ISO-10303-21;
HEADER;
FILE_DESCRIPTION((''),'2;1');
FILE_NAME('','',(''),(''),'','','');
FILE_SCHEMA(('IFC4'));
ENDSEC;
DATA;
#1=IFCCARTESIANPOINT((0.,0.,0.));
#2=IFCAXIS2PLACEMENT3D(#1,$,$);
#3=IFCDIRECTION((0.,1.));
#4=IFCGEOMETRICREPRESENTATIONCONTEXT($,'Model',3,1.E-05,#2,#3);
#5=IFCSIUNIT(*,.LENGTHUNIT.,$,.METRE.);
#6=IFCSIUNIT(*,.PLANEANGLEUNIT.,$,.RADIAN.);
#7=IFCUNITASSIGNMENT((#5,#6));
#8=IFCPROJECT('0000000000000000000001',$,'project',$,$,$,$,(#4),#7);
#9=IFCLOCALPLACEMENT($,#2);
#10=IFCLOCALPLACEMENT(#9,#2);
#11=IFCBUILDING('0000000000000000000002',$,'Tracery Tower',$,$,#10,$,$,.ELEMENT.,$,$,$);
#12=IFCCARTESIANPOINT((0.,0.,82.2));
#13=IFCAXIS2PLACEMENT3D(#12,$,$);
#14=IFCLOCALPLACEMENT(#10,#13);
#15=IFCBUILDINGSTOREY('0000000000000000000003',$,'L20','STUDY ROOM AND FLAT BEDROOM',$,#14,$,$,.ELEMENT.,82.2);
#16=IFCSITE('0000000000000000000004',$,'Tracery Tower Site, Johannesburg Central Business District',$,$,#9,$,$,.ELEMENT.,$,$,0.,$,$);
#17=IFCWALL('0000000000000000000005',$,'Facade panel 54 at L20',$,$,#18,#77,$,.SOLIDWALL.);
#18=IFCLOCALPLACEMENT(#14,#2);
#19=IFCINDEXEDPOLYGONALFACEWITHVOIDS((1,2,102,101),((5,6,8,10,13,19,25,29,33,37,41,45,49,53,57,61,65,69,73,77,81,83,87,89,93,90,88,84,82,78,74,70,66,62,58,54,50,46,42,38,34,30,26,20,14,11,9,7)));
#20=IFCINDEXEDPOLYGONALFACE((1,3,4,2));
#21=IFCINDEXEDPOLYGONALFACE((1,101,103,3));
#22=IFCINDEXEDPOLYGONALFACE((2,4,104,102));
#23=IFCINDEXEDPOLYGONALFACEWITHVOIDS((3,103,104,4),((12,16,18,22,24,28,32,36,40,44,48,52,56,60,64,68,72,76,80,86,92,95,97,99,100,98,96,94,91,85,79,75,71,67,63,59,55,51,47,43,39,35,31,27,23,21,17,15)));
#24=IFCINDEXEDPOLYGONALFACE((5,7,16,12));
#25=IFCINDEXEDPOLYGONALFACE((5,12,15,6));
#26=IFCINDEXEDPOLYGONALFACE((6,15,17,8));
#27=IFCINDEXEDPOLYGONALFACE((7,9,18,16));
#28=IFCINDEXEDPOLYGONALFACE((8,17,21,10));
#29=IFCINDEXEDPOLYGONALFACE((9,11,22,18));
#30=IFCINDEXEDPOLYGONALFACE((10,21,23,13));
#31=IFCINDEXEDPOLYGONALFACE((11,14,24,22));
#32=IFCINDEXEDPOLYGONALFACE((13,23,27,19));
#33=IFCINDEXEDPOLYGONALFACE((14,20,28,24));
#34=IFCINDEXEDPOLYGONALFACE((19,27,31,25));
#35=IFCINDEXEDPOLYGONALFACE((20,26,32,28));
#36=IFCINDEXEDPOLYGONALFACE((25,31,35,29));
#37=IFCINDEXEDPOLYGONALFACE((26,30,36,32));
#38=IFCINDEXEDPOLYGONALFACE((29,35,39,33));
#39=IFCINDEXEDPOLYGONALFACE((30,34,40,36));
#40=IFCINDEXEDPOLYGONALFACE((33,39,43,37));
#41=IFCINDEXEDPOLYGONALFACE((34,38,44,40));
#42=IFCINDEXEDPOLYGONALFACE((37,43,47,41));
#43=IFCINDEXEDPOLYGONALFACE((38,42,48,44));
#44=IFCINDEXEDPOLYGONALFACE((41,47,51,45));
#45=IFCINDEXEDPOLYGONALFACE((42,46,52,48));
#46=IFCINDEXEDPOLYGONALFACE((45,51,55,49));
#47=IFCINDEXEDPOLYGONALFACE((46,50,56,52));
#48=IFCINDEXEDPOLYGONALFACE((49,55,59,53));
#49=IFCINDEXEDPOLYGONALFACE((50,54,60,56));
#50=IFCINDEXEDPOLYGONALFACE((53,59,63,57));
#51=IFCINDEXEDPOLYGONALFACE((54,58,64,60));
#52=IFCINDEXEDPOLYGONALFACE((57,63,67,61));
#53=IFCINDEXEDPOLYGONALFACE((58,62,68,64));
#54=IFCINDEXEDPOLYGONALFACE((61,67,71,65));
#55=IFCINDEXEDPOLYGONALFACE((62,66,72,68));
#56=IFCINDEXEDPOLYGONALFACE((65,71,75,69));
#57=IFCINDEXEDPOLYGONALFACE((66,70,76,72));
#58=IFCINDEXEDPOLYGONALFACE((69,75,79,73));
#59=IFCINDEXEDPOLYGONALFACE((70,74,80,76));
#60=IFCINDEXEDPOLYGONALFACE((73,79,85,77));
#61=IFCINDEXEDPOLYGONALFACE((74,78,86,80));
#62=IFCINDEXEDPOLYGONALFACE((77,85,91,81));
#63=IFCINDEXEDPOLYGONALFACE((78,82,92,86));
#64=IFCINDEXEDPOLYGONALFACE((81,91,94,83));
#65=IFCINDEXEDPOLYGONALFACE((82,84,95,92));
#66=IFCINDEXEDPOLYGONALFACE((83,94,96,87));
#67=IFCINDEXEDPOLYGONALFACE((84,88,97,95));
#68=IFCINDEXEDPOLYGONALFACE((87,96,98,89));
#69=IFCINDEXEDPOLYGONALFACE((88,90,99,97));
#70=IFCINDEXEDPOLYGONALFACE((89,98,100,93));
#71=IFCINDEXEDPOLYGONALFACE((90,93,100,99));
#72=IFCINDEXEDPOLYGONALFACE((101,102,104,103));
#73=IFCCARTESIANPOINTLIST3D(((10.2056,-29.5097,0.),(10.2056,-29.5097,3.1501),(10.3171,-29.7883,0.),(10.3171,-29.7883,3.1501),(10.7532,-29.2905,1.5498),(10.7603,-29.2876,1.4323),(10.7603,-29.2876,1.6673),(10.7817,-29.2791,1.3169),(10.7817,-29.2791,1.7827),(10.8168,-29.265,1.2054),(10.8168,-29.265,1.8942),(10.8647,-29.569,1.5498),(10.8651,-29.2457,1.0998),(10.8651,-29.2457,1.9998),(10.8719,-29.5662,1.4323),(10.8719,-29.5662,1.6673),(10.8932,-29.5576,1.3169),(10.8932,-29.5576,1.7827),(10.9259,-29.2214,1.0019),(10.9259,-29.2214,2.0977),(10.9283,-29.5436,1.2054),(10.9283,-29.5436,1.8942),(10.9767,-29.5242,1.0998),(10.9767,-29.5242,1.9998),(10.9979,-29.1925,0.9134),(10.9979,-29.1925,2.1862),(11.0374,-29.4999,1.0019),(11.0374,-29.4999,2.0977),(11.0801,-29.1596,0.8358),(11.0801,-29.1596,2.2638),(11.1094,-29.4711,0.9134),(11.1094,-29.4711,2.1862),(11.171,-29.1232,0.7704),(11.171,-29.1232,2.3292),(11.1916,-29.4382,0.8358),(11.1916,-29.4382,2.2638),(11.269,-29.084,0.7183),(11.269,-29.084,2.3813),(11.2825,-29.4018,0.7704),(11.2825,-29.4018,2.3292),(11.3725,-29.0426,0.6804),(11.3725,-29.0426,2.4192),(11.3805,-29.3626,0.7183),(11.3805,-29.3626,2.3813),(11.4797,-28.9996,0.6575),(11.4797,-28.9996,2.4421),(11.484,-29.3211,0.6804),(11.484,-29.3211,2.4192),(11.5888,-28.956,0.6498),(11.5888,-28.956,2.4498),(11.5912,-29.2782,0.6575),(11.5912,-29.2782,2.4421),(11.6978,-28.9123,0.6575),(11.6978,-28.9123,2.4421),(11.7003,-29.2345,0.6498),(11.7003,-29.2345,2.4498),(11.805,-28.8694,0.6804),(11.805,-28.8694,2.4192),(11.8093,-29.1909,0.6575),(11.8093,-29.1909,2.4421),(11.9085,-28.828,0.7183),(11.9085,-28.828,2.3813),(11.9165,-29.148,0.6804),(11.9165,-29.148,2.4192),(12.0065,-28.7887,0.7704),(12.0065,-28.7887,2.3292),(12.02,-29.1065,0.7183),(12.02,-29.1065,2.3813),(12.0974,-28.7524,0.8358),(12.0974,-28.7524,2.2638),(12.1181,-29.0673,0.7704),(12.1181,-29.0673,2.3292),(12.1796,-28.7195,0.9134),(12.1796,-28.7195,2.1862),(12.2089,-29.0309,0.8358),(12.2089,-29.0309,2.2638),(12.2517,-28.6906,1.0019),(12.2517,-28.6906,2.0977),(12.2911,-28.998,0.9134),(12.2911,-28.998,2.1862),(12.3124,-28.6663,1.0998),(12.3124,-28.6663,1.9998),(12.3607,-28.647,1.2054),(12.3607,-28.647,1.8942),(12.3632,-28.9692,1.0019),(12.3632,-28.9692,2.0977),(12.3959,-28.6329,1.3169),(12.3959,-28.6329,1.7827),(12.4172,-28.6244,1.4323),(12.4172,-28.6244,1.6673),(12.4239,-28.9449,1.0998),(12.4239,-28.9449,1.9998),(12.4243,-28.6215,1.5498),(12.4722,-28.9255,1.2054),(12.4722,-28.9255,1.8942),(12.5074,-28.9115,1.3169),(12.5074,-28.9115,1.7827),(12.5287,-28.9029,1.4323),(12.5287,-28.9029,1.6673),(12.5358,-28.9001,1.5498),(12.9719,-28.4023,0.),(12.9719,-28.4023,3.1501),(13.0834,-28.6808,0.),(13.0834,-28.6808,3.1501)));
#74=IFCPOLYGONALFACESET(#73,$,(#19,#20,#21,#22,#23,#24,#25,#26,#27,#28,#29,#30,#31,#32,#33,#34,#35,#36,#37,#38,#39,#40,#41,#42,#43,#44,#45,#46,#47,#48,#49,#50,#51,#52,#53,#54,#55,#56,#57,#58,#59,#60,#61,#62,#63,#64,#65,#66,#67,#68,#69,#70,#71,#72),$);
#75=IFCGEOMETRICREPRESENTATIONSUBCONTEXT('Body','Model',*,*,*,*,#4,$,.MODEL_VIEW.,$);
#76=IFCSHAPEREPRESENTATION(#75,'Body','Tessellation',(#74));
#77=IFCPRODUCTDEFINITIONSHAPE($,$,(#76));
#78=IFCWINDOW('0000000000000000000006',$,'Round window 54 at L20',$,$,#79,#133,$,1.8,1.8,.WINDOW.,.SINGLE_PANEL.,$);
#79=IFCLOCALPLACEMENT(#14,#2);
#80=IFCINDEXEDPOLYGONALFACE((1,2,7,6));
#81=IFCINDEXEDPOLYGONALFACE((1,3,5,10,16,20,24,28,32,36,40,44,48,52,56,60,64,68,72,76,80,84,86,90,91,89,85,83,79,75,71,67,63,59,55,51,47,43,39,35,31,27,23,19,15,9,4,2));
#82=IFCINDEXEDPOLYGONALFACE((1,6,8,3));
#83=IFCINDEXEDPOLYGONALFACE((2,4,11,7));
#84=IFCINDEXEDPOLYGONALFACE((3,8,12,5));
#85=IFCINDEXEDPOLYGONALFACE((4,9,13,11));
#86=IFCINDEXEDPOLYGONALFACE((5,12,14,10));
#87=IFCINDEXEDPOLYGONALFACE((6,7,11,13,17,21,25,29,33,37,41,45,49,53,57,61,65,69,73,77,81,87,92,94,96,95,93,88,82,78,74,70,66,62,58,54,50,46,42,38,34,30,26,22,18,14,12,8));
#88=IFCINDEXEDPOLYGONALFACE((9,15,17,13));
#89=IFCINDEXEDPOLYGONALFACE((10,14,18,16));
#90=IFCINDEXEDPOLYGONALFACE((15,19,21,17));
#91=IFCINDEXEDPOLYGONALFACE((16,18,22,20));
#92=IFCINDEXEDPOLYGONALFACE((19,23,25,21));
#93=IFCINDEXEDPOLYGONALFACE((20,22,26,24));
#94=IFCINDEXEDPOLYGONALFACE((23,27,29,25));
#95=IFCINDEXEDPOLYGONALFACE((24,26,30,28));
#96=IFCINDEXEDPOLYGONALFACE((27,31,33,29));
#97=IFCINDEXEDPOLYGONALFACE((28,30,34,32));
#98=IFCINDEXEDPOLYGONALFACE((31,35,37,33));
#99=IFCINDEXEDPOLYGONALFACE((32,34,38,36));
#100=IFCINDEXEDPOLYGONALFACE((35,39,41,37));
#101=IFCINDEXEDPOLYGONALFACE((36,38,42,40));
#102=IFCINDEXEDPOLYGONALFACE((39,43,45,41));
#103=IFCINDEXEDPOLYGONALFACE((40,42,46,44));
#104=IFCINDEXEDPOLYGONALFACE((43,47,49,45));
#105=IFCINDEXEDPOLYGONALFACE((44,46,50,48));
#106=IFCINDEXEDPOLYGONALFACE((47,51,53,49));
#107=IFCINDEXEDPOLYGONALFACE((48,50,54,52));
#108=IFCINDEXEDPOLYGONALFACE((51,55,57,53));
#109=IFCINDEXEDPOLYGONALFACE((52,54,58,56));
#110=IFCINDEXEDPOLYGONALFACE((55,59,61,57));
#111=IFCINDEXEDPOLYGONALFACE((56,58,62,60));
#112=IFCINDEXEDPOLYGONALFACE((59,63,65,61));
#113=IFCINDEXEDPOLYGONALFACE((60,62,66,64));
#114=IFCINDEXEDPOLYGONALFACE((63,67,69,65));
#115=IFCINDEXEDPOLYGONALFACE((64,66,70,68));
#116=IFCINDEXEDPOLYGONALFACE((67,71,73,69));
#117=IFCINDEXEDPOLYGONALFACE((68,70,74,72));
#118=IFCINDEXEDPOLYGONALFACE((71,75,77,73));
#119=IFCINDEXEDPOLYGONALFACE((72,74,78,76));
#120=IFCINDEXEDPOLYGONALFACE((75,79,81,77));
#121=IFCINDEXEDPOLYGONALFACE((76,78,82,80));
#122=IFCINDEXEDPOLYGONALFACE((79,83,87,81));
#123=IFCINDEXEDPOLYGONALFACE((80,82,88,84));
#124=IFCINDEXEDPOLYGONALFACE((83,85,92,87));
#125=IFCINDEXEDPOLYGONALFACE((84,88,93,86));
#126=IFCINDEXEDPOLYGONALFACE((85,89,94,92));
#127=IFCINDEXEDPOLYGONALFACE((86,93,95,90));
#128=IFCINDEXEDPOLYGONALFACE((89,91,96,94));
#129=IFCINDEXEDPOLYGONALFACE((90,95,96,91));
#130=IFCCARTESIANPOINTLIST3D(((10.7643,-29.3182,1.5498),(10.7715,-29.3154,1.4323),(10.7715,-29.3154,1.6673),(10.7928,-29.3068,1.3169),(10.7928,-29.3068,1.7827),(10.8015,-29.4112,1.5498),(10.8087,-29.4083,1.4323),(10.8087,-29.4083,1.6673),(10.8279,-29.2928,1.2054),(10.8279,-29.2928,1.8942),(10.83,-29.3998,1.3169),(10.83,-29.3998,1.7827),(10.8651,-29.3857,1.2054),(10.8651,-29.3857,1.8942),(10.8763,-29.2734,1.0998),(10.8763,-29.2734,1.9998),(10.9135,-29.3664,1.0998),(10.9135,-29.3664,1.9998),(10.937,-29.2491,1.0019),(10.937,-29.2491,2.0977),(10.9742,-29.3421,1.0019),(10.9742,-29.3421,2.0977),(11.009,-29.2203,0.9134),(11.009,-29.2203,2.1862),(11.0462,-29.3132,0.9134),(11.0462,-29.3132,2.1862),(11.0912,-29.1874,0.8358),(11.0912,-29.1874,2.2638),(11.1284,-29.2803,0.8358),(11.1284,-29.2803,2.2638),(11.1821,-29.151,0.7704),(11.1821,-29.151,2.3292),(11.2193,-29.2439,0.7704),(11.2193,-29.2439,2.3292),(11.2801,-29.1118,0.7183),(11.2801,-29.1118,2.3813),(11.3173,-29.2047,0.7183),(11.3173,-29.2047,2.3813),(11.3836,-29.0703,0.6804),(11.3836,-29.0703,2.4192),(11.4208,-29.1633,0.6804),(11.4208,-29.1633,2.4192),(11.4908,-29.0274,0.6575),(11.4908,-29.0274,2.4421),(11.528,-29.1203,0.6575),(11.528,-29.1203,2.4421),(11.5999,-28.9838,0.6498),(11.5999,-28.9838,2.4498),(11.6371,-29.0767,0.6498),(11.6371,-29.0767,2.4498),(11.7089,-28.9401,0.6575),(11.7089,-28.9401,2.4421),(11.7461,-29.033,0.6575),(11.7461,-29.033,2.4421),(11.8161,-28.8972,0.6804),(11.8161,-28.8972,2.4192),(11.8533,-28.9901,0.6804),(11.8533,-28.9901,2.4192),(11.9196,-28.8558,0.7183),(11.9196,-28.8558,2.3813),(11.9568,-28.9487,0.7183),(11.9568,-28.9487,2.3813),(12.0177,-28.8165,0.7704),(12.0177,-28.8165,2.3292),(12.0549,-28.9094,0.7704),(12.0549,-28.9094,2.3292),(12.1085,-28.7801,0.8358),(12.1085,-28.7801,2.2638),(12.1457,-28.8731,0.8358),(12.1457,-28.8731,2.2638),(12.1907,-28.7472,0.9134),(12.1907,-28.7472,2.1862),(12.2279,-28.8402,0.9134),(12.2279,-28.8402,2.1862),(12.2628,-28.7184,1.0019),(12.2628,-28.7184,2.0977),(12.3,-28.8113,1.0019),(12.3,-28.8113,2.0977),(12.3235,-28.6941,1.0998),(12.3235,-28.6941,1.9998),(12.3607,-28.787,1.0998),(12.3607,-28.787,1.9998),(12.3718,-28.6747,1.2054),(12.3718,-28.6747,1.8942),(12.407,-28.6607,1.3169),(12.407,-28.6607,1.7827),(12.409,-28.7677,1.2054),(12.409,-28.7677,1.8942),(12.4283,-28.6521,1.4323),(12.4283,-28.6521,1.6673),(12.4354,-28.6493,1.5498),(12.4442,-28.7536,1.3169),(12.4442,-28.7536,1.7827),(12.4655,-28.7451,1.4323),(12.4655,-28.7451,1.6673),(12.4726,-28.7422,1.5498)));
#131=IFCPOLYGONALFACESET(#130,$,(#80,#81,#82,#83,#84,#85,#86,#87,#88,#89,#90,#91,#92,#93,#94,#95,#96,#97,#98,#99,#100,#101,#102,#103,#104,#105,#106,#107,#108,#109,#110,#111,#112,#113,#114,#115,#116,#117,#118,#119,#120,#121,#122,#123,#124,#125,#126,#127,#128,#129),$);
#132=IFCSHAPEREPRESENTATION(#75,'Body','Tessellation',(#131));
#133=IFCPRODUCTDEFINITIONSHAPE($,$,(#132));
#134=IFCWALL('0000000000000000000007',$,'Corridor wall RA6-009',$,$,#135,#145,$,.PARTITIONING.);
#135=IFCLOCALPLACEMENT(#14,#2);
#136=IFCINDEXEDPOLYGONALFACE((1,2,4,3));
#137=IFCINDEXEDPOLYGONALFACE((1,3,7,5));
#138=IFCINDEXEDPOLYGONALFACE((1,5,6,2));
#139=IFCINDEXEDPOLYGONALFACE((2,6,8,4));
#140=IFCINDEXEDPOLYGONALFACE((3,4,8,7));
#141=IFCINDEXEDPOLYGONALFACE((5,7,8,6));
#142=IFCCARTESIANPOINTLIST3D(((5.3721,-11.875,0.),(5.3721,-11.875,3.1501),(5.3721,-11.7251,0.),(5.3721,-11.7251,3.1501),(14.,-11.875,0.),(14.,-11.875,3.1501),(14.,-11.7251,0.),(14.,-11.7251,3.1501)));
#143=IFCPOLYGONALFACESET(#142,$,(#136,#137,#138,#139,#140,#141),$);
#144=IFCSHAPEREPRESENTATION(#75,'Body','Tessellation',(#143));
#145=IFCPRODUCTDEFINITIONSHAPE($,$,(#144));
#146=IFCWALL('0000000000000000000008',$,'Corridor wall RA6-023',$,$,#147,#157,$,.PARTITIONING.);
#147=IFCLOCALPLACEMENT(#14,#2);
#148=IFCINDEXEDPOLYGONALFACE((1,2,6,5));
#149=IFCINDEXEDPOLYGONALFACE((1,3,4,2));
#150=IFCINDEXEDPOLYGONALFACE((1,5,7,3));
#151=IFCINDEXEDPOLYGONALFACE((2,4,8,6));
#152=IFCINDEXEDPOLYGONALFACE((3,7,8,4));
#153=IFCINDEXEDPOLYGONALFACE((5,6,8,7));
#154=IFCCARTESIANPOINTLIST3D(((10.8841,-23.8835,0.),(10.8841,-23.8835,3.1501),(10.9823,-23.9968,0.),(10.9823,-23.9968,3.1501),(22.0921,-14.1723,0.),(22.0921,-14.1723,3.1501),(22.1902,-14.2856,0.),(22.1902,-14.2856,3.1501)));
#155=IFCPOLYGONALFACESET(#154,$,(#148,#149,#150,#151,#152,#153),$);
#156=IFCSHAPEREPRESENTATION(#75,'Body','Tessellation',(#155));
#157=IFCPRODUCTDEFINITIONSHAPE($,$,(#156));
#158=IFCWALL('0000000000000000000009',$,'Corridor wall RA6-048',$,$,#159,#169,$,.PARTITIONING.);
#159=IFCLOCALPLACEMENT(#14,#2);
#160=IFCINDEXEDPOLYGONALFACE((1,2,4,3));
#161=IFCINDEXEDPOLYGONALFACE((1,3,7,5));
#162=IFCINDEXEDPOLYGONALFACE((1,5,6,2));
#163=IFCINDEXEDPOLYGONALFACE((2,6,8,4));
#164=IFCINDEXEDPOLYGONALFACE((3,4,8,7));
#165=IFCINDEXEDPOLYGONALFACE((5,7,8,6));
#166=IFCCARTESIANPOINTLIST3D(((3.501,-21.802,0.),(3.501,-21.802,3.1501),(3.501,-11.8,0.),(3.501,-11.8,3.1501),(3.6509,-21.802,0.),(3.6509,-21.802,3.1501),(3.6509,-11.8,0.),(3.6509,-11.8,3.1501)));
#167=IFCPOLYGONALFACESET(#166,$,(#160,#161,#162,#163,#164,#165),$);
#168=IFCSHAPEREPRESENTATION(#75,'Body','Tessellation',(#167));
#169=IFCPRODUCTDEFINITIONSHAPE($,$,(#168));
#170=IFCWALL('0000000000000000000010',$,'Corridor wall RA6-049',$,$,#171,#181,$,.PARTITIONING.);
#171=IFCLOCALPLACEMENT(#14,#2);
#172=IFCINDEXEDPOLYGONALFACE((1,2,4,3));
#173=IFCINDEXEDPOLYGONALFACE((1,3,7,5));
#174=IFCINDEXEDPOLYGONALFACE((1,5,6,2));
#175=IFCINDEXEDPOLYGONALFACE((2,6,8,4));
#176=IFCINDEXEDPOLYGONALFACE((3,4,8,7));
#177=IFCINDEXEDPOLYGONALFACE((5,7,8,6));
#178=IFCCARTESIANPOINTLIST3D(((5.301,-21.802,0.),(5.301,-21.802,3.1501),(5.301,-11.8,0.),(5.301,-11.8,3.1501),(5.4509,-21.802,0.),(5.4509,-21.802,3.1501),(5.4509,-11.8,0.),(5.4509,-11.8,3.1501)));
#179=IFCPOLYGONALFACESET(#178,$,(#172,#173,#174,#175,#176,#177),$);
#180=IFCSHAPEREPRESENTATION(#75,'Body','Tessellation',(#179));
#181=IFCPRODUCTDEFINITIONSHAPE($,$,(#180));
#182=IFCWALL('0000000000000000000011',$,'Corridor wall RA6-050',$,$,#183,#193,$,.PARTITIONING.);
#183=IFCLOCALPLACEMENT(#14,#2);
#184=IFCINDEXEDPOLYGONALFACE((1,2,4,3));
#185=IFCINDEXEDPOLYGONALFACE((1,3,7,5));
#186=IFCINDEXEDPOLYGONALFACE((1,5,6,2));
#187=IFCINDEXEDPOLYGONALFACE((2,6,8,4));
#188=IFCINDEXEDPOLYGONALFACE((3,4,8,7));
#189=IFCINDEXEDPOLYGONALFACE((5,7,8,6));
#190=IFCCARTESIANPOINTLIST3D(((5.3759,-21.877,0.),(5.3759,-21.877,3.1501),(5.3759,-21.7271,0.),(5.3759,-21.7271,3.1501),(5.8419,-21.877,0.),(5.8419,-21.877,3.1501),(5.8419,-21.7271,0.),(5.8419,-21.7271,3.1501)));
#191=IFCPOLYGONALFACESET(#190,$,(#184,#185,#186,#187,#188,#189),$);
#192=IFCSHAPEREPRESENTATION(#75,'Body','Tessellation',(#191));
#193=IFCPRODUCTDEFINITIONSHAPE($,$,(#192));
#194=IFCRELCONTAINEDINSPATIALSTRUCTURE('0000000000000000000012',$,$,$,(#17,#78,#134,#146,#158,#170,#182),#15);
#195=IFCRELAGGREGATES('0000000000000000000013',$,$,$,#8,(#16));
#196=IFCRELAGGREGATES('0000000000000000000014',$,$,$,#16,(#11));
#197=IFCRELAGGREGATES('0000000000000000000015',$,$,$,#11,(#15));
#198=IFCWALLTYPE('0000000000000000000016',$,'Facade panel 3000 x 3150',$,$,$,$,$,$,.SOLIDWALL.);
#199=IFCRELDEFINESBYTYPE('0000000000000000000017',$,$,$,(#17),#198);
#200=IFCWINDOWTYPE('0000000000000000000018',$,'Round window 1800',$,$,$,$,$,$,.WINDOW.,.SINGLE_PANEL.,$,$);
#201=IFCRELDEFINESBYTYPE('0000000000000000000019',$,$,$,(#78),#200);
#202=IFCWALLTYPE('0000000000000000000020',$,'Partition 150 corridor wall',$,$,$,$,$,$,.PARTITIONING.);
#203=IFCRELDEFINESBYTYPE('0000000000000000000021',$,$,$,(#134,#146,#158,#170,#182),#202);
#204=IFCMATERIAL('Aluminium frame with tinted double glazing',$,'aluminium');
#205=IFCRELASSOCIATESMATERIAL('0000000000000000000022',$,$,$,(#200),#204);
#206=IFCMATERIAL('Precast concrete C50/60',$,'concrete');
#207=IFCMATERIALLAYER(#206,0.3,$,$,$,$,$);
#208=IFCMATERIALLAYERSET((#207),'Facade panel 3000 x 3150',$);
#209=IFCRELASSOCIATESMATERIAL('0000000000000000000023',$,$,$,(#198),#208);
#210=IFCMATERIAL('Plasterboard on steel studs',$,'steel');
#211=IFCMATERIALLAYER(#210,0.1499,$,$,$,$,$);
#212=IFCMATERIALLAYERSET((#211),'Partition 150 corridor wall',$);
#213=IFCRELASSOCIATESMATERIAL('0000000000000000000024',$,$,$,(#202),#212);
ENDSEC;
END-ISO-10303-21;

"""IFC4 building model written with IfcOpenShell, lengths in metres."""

from ifc_helpers import new_model, si_unit, direction, frame, frame_2d, origin, origin_2d, place, context, subcontext, project, spatial, rectangle, circle, extrude, material, layer, layer_set, type_object, element, fill, save


model = new_model("IFC4")

# Units and contexts
model_context = context("Model", 3, precision=1e-05, world=origin(), true_north=direction((0.0, 1.0)))
body_context = subcontext(model_context, "Body", "Model", "MODEL_VIEW")
ifc_project = project(units=[si_unit("LENGTHUNIT", "METRE"), si_unit("PLANEANGLEUNIT", "RADIAN")], contexts=[model_context])

# Site, building, storey
site_placement = place(None, origin())
site = spatial("IfcSite", under=ifc_project, at=site_placement, Name="Tracery Tower Site, Johannesburg Central Business District", CompositionType="ELEMENT", RefElevation=0.0)
building_placement = place(site_placement, origin())
building = spatial("IfcBuilding", under=site, at=building_placement, Name="Tracery Tower", CompositionType="ELEMENT")
storey_placement = place(building_placement, frame((0.0, 0.0, 82.2)))
storey = spatial("IfcBuildingStorey", under=building, at=storey_placement, Name="L20", Description="STUDY ROOM AND FLAT BEDROOM", CompositionType="ELEMENT", Elevation=82.2)

# Wall, opening, window
ifc_material_1 = material(Name="Aluminium frame with tinted double glazing", Category="aluminium")
window_type = type_object("IfcWindowType", Name="Round window 1800", PartitioningType="SINGLE_PANEL", PredefinedType="WINDOW", material=ifc_material_1)
ifc_material_2 = material(Name="Precast concrete C50/60", Category="concrete")
ifc_layer_1 = layer(ifc_material_2, 0.3)
ifc_layer_set_1 = layer_set([ifc_layer_1], Name="Facade panel 3000 x 3150")
wall_type_1 = type_object("IfcWallType", Name="Facade panel 3000 x 3150", PredefinedType="SOLIDWALL", material=ifc_layer_set_1)
wall_1_placement = place(storey_placement, frame((10.2615, -29.6489, 0.0), z_axis=(0.0, 0.0, 1.0), x_axis=(0.928375, 0.371645, 0.0)))
wall_1 = element("IfcWall", 1, at=wall_1_placement, inside=storey, type_object=wall_type_1, Name="Facade panel 54 at L20", PredefinedType="SOLIDWALL", context=body_context, shape_type="SweptSolid", body=[
    extrude(rectangle(XDim=2.9797, YDim=0.3, at=frame_2d((1.4897, 0.0))), origin(), (0.0, 0.0, 1.0), 3.1501),
])
opening_1_placement = place(wall_1_placement, frame((1.4897, 0.0, 1.5498)))
opening_1 = element("IfcOpeningElement", 2, at=opening_1_placement, cuts=wall_1, PredefinedType="OPENING", context=body_context, shape_type="SweptSolid", body=[
    extrude(circle(Radius=0.9, at=origin_2d()), frame((0.0, 0.1599, 0.0), z_axis=(0.0, -1.0, 0.0), x_axis=(1.0, 0.0, 0.0)), (0.0, 0.0, 1.0), 0.3201),
])
window_1_placement = place(opening_1_placement, origin())
window_1 = element("IfcWindow", 3, at=window_1_placement, inside=storey, type_object=window_type, Name="Round window 54 at L20", OverallHeight=1.8, OverallWidth=1.8, PartitioningType="SINGLE_PANEL", PredefinedType="WINDOW", context=body_context, shape_type="SweptSolid", body=[
    extrude(circle(Radius=0.9, at=origin_2d()), frame((0.0, 0.1201, 0.0), z_axis=(0.0, -1.0, 0.0), x_axis=(1.0, 0.0, 0.0)), (0.0, 0.0, 1.0), 0.1001),
])
fill(opening_1, window_1)

# Walls
ifc_material_3 = material(Name="Plasterboard on steel studs", Category="steel")
ifc_layer_2 = layer(ifc_material_3, 0.1499)
ifc_layer_set_2 = layer_set([ifc_layer_2], Name="Partition 150 corridor wall")
wall_type_2 = type_object("IfcWallType", Name="Partition 150 corridor wall", PredefinedType="PARTITIONING", material=ifc_layer_set_2)
wall_2_placement = place(storey_placement, frame((5.3721, -11.8, 0.0), z_axis=(0.0, 0.0, 1.0), x_axis=(1.0, 0.0, 0.0)))
element("IfcWall", 4, at=wall_2_placement, inside=storey, type_object=wall_type_2, Name="Corridor wall RA6-009", PredefinedType="PARTITIONING", context=body_context, shape_type="SweptSolid", body=[
    extrude(rectangle(XDim=8.6279, YDim=0.1499, at=frame_2d((4.314, 0.0))), origin(), (0.0, 0.0, 1.0), 3.1501),
])
wall_3_placement = place(storey_placement, frame((10.9331, -23.9402, 0.0), z_axis=(0.0, 0.0, 1.0), x_axis=(0.75577, 0.654837, 0.0)))
element("IfcWall", 5, at=wall_3_placement, inside=storey, type_object=wall_type_2, Name="Corridor wall RA6-023", PredefinedType="PARTITIONING", context=body_context, shape_type="SweptSolid", body=[
    extrude(rectangle(XDim=14.8298, YDim=0.1499, at=frame_2d((7.415, 0.0))), origin(), (0.0, 0.0, 1.0), 3.1501),
])
for number, where, z_axis, x_axis, name in (
    (6, (3.5759, -21.802, 0.0), (0.0, 0.0, 1.0), (0.0, 1.0, 0.0), "Corridor wall RA6-048"),
    (7, (5.376, -21.802, 0.0), (0.0, 0.0, 1.0), (0.0, 1.0, 0.0), "Corridor wall RA6-049"),
):
    element("IfcWall", number, at=place(storey_placement, frame(where, z_axis=z_axis, x_axis=x_axis)), inside=storey, type_object=wall_type_2, Name=name, PredefinedType="PARTITIONING", context=body_context, shape_type="SweptSolid", body=[
        extrude(rectangle(XDim=10.002, YDim=0.1499, at=frame_2d((5.001, 0.0))), origin(), (0.0, 0.0, 1.0), 3.1501),
    ])
wall_4_placement = place(storey_placement, frame((5.376, -21.802, 0.0), z_axis=(0.0, 0.0, 1.0), x_axis=(1.0, 0.0, 0.0)))
element("IfcWall", 8, at=wall_4_placement, inside=storey, type_object=wall_type_2, Name="Corridor wall RA6-050", PredefinedType="PARTITIONING", context=body_context, shape_type="SweptSolid", body=[
    extrude(rectangle(XDim=0.4661, YDim=0.1499, at=frame_2d((0.2329, 0.0))), origin(), (0.0, 0.0, 1.0), 3.1501),
])

save(model, "model.ifc")
